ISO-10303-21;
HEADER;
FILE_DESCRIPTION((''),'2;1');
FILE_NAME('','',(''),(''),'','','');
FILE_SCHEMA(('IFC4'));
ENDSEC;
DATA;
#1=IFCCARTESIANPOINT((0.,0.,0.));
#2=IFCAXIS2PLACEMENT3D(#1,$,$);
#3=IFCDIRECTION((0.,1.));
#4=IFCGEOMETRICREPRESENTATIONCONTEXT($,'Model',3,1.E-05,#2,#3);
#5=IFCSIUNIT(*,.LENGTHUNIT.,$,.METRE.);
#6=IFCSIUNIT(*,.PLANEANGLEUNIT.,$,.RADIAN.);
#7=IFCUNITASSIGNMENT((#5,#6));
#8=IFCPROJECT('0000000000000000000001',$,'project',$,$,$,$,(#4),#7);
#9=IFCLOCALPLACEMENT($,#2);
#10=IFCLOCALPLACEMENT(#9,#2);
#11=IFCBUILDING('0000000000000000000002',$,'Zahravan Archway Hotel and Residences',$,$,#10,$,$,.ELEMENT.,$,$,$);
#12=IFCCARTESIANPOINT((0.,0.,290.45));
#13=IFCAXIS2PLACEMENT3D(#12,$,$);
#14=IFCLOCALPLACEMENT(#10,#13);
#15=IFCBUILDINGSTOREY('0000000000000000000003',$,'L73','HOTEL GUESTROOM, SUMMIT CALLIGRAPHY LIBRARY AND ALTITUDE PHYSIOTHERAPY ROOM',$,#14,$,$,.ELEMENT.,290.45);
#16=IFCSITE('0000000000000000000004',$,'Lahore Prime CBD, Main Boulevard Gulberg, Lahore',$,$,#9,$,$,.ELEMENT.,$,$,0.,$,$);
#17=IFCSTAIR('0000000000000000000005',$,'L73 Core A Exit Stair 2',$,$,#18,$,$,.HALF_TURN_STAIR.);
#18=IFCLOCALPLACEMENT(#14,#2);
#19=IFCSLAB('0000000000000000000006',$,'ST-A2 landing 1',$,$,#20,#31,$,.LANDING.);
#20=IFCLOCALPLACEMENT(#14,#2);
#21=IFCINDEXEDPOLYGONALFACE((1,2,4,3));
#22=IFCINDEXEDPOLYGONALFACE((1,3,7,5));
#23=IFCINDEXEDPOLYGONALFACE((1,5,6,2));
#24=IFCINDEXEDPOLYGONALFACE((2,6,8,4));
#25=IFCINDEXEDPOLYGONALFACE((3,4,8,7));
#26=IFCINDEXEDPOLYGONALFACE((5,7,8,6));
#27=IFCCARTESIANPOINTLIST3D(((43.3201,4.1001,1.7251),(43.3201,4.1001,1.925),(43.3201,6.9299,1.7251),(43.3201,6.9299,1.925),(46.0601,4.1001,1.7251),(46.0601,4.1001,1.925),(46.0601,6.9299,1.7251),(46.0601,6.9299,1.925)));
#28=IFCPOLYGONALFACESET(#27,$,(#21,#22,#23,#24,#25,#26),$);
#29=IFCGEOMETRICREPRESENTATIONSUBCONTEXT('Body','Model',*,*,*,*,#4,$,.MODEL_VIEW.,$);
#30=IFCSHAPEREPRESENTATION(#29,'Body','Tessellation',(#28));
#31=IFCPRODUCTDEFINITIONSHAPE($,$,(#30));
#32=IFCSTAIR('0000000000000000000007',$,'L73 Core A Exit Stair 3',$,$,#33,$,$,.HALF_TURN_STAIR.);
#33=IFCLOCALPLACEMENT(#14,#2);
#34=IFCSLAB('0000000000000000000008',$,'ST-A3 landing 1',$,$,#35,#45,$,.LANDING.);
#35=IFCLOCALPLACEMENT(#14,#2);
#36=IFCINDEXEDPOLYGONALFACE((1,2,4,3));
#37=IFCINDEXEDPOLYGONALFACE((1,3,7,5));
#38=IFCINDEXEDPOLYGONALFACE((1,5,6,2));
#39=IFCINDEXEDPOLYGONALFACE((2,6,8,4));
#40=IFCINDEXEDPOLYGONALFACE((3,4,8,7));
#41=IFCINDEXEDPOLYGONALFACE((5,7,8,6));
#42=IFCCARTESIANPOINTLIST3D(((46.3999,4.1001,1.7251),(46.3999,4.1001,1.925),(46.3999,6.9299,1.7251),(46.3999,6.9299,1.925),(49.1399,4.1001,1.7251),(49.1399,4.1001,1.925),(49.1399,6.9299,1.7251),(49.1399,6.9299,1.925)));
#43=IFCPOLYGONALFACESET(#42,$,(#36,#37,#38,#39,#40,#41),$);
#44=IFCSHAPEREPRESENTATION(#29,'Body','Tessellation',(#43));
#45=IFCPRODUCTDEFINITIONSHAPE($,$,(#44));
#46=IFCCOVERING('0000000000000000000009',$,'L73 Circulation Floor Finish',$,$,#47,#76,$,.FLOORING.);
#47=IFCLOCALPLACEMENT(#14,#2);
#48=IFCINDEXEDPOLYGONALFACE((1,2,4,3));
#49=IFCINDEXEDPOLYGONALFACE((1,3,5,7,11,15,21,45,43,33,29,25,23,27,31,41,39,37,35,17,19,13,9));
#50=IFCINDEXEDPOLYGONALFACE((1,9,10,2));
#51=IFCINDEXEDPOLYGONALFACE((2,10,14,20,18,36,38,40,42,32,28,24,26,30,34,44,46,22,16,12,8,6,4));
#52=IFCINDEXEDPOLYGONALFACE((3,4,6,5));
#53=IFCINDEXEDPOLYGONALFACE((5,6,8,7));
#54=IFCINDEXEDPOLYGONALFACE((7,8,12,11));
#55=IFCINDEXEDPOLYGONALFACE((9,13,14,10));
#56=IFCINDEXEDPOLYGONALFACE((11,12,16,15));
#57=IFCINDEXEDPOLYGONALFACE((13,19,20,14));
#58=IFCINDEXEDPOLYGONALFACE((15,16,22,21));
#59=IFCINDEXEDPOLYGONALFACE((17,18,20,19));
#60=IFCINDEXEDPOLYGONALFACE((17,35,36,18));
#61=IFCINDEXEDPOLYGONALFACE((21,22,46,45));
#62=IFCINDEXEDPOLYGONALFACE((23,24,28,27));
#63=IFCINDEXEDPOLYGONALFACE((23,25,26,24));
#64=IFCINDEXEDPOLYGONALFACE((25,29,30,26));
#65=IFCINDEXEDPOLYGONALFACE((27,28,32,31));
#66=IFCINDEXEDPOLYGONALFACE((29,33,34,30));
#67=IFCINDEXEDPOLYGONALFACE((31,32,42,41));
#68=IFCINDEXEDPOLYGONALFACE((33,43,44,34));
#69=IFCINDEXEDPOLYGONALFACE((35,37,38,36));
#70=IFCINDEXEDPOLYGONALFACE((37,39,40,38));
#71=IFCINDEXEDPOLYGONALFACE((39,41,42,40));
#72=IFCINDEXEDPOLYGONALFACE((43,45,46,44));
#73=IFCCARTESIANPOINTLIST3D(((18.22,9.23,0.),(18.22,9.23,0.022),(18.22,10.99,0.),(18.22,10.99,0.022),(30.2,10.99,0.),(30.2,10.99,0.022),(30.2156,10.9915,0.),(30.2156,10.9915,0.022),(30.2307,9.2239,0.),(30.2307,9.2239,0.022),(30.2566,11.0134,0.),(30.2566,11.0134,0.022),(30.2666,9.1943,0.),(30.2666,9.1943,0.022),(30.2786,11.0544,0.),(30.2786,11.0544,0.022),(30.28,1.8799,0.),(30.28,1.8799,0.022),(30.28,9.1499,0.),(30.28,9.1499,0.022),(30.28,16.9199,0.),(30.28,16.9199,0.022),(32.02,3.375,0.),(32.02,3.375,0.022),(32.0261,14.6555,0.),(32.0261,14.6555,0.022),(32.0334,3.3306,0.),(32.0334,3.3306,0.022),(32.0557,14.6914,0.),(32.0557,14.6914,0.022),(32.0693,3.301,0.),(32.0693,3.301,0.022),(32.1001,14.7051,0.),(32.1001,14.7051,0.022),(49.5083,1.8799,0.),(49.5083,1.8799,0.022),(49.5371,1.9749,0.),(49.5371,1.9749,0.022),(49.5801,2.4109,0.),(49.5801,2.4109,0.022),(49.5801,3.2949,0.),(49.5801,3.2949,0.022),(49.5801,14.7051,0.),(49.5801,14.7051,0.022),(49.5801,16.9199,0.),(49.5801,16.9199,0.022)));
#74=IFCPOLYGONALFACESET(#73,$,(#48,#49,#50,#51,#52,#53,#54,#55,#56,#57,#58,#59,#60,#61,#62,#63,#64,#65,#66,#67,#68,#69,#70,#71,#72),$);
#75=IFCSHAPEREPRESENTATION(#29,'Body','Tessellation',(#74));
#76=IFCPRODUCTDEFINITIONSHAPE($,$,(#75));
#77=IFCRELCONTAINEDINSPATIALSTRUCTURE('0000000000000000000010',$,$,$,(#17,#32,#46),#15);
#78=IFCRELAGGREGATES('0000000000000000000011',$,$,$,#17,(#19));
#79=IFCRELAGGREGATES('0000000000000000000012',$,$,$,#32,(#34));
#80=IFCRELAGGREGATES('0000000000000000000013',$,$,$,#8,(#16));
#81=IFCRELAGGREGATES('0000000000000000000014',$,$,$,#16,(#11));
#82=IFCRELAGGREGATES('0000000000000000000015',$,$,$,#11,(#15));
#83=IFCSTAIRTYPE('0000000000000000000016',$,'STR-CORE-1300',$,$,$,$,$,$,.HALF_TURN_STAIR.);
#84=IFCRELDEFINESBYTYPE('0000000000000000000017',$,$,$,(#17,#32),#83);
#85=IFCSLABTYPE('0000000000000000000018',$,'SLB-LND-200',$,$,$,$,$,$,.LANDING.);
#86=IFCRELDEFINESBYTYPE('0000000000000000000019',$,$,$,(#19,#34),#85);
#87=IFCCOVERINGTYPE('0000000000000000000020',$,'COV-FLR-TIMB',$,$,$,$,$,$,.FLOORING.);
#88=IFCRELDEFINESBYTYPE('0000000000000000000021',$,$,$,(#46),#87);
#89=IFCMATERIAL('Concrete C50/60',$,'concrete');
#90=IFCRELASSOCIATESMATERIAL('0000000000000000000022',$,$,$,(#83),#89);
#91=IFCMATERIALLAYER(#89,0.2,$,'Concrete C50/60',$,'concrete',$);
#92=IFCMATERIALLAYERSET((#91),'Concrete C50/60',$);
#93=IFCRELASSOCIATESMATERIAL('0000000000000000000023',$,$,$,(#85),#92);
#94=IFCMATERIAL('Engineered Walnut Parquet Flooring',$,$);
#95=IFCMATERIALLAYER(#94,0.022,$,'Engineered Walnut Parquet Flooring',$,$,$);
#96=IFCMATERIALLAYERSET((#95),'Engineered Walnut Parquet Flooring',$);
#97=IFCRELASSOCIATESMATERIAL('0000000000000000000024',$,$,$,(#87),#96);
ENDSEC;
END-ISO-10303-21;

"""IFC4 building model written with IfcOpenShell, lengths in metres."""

from ifc_helpers import new_model, si_unit, direction, frame, origin, place, context, subcontext, project, spatial, polyline, outline, extrude, material, layer, layer_set, type_object, element, aggregate, save


model = new_model("IFC4")

# Units and contexts
model_context = context("Model", 3, precision=1e-05, world=origin(), true_north=direction((0.0, 1.0)))
body_context = subcontext(model_context, "Body", "Model", "MODEL_VIEW")
ifc_project = project(units=[si_unit("LENGTHUNIT", "METRE"), si_unit("PLANEANGLEUNIT", "RADIAN")], contexts=[model_context])

# Site, building, storey
site_placement = place(None, origin())
site = spatial("IfcSite", under=ifc_project, at=site_placement, Name="Lahore Prime CBD, Main Boulevard Gulberg, Lahore", CompositionType="ELEMENT", RefElevation=0.0)
building_placement = place(site_placement, origin())
building = spatial("IfcBuilding", under=site, at=building_placement, Name="Zahravan Archway Hotel and Residences", CompositionType="ELEMENT")
storey_placement = place(building_placement, frame((0.0, 0.0, 290.45)))
storey = spatial("IfcBuildingStorey", under=building, at=storey_placement, Name="L73", Description="HOTEL GUESTROOM, SUMMIT CALLIGRAPHY LIBRARY AND ALTITUDE PHYSIOTHERAPY ROOM", CompositionType="ELEMENT", Elevation=290.45)

# Stairs, slabs
ifc_material_1 = material(Name="Concrete C50/60", Category="concrete")
stair_type = type_object("IfcStairType", Name="STR-CORE-1300", PredefinedType="HALF_TURN_STAIR", material=ifc_material_1)
ifc_layer_1 = layer(ifc_material_1, 0.2, Name="Concrete C50/60", Category="concrete")
ifc_layer_set_1 = layer_set([ifc_layer_1], Name="Concrete C50/60")
slab_type_1 = type_object("IfcSlabType", Name="SLB-LND-200", PredefinedType="LANDING", material=ifc_layer_set_1)
stair_1_placement = place(storey_placement, origin())
stair_1 = element("IfcStair", 1, at=stair_1_placement, inside=storey, type_object=stair_type, Name="L73 Core A Exit Stair 2", PredefinedType="HALF_TURN_STAIR")
slab_1_placement = place(storey_placement, frame((0.0, 0.0, 1.7251)))
slab_1 = element("IfcSlab", 2, at=slab_1_placement, type_object=slab_type_1, Name="ST-A2 landing 1", PredefinedType="LANDING", context=body_context, shape_type="SweptSolid", body=[
    extrude(outline(polyline([(43.3201, 6.9299), (43.3201, 4.1001), (46.0601, 4.1001), (46.0601, 6.9299), (43.3201, 6.9299)])), origin(), (0.0, 0.0, 1.0), 0.2),
])
aggregate(stair_1, [slab_1])
stair_2_placement = place(storey_placement, origin())
stair_2 = element("IfcStair", 3, at=stair_2_placement, inside=storey, type_object=stair_type, Name="L73 Core A Exit Stair 3", PredefinedType="HALF_TURN_STAIR")
slab_2_placement = place(storey_placement, frame((0.0, 0.0, 1.7251)))
slab_2 = element("IfcSlab", 4, at=slab_2_placement, type_object=slab_type_1, Name="ST-A3 landing 1", PredefinedType="LANDING", context=body_context, shape_type="SweptSolid", body=[
    extrude(outline(polyline([(46.3999, 6.9299), (46.3999, 4.1001), (49.1399, 4.1001), (49.1399, 6.9299), (46.3999, 6.9299)])), origin(), (0.0, 0.0, 1.0), 0.2),
])
aggregate(stair_2, [slab_2])

# Covering
ifc_material_2 = material(Name="Engineered Walnut Parquet Flooring")
ifc_layer_2 = layer(ifc_material_2, 0.022, Name="Engineered Walnut Parquet Flooring")
ifc_layer_set_2 = layer_set([ifc_layer_2], Name="Engineered Walnut Parquet Flooring")
covering_type = type_object("IfcCoveringType", Name="COV-FLR-TIMB", PredefinedType="FLOORING", material=ifc_layer_set_2)
covering_placement = place(storey_placement, origin())
element("IfcCovering", 5, at=covering_placement, inside=storey, type_object=covering_type, Name="L73 Circulation Floor Finish", PredefinedType="FLOORING", context=body_context, shape_type="SweptSolid", body=[
    extrude(outline(polyline([(30.2156, 10.9915), (30.2566, 11.0134), (30.2786, 11.0544), (30.28, 16.9199), (49.5801, 16.9199), (49.5801, 14.7051), (32.1001, 14.7051), (32.0557, 14.6914), (32.0261, 14.6555), (32.02, 3.375), (32.0334, 3.3306), (32.0693, 3.301), (49.5801, 3.2949), (49.5801, 2.4109), (49.5371, 1.9749), (49.5083, 1.8799), (30.28, 1.8799), (30.28, 9.1499), (30.2666, 9.1943), (30.2307, 9.2239), (18.22, 9.23), (18.22, 10.99), (30.2, 10.99), (30.2156, 10.9915)])), origin(), (0.0, 0.0, 1.0), 0.022),
])

save(model, "model.ifc")
